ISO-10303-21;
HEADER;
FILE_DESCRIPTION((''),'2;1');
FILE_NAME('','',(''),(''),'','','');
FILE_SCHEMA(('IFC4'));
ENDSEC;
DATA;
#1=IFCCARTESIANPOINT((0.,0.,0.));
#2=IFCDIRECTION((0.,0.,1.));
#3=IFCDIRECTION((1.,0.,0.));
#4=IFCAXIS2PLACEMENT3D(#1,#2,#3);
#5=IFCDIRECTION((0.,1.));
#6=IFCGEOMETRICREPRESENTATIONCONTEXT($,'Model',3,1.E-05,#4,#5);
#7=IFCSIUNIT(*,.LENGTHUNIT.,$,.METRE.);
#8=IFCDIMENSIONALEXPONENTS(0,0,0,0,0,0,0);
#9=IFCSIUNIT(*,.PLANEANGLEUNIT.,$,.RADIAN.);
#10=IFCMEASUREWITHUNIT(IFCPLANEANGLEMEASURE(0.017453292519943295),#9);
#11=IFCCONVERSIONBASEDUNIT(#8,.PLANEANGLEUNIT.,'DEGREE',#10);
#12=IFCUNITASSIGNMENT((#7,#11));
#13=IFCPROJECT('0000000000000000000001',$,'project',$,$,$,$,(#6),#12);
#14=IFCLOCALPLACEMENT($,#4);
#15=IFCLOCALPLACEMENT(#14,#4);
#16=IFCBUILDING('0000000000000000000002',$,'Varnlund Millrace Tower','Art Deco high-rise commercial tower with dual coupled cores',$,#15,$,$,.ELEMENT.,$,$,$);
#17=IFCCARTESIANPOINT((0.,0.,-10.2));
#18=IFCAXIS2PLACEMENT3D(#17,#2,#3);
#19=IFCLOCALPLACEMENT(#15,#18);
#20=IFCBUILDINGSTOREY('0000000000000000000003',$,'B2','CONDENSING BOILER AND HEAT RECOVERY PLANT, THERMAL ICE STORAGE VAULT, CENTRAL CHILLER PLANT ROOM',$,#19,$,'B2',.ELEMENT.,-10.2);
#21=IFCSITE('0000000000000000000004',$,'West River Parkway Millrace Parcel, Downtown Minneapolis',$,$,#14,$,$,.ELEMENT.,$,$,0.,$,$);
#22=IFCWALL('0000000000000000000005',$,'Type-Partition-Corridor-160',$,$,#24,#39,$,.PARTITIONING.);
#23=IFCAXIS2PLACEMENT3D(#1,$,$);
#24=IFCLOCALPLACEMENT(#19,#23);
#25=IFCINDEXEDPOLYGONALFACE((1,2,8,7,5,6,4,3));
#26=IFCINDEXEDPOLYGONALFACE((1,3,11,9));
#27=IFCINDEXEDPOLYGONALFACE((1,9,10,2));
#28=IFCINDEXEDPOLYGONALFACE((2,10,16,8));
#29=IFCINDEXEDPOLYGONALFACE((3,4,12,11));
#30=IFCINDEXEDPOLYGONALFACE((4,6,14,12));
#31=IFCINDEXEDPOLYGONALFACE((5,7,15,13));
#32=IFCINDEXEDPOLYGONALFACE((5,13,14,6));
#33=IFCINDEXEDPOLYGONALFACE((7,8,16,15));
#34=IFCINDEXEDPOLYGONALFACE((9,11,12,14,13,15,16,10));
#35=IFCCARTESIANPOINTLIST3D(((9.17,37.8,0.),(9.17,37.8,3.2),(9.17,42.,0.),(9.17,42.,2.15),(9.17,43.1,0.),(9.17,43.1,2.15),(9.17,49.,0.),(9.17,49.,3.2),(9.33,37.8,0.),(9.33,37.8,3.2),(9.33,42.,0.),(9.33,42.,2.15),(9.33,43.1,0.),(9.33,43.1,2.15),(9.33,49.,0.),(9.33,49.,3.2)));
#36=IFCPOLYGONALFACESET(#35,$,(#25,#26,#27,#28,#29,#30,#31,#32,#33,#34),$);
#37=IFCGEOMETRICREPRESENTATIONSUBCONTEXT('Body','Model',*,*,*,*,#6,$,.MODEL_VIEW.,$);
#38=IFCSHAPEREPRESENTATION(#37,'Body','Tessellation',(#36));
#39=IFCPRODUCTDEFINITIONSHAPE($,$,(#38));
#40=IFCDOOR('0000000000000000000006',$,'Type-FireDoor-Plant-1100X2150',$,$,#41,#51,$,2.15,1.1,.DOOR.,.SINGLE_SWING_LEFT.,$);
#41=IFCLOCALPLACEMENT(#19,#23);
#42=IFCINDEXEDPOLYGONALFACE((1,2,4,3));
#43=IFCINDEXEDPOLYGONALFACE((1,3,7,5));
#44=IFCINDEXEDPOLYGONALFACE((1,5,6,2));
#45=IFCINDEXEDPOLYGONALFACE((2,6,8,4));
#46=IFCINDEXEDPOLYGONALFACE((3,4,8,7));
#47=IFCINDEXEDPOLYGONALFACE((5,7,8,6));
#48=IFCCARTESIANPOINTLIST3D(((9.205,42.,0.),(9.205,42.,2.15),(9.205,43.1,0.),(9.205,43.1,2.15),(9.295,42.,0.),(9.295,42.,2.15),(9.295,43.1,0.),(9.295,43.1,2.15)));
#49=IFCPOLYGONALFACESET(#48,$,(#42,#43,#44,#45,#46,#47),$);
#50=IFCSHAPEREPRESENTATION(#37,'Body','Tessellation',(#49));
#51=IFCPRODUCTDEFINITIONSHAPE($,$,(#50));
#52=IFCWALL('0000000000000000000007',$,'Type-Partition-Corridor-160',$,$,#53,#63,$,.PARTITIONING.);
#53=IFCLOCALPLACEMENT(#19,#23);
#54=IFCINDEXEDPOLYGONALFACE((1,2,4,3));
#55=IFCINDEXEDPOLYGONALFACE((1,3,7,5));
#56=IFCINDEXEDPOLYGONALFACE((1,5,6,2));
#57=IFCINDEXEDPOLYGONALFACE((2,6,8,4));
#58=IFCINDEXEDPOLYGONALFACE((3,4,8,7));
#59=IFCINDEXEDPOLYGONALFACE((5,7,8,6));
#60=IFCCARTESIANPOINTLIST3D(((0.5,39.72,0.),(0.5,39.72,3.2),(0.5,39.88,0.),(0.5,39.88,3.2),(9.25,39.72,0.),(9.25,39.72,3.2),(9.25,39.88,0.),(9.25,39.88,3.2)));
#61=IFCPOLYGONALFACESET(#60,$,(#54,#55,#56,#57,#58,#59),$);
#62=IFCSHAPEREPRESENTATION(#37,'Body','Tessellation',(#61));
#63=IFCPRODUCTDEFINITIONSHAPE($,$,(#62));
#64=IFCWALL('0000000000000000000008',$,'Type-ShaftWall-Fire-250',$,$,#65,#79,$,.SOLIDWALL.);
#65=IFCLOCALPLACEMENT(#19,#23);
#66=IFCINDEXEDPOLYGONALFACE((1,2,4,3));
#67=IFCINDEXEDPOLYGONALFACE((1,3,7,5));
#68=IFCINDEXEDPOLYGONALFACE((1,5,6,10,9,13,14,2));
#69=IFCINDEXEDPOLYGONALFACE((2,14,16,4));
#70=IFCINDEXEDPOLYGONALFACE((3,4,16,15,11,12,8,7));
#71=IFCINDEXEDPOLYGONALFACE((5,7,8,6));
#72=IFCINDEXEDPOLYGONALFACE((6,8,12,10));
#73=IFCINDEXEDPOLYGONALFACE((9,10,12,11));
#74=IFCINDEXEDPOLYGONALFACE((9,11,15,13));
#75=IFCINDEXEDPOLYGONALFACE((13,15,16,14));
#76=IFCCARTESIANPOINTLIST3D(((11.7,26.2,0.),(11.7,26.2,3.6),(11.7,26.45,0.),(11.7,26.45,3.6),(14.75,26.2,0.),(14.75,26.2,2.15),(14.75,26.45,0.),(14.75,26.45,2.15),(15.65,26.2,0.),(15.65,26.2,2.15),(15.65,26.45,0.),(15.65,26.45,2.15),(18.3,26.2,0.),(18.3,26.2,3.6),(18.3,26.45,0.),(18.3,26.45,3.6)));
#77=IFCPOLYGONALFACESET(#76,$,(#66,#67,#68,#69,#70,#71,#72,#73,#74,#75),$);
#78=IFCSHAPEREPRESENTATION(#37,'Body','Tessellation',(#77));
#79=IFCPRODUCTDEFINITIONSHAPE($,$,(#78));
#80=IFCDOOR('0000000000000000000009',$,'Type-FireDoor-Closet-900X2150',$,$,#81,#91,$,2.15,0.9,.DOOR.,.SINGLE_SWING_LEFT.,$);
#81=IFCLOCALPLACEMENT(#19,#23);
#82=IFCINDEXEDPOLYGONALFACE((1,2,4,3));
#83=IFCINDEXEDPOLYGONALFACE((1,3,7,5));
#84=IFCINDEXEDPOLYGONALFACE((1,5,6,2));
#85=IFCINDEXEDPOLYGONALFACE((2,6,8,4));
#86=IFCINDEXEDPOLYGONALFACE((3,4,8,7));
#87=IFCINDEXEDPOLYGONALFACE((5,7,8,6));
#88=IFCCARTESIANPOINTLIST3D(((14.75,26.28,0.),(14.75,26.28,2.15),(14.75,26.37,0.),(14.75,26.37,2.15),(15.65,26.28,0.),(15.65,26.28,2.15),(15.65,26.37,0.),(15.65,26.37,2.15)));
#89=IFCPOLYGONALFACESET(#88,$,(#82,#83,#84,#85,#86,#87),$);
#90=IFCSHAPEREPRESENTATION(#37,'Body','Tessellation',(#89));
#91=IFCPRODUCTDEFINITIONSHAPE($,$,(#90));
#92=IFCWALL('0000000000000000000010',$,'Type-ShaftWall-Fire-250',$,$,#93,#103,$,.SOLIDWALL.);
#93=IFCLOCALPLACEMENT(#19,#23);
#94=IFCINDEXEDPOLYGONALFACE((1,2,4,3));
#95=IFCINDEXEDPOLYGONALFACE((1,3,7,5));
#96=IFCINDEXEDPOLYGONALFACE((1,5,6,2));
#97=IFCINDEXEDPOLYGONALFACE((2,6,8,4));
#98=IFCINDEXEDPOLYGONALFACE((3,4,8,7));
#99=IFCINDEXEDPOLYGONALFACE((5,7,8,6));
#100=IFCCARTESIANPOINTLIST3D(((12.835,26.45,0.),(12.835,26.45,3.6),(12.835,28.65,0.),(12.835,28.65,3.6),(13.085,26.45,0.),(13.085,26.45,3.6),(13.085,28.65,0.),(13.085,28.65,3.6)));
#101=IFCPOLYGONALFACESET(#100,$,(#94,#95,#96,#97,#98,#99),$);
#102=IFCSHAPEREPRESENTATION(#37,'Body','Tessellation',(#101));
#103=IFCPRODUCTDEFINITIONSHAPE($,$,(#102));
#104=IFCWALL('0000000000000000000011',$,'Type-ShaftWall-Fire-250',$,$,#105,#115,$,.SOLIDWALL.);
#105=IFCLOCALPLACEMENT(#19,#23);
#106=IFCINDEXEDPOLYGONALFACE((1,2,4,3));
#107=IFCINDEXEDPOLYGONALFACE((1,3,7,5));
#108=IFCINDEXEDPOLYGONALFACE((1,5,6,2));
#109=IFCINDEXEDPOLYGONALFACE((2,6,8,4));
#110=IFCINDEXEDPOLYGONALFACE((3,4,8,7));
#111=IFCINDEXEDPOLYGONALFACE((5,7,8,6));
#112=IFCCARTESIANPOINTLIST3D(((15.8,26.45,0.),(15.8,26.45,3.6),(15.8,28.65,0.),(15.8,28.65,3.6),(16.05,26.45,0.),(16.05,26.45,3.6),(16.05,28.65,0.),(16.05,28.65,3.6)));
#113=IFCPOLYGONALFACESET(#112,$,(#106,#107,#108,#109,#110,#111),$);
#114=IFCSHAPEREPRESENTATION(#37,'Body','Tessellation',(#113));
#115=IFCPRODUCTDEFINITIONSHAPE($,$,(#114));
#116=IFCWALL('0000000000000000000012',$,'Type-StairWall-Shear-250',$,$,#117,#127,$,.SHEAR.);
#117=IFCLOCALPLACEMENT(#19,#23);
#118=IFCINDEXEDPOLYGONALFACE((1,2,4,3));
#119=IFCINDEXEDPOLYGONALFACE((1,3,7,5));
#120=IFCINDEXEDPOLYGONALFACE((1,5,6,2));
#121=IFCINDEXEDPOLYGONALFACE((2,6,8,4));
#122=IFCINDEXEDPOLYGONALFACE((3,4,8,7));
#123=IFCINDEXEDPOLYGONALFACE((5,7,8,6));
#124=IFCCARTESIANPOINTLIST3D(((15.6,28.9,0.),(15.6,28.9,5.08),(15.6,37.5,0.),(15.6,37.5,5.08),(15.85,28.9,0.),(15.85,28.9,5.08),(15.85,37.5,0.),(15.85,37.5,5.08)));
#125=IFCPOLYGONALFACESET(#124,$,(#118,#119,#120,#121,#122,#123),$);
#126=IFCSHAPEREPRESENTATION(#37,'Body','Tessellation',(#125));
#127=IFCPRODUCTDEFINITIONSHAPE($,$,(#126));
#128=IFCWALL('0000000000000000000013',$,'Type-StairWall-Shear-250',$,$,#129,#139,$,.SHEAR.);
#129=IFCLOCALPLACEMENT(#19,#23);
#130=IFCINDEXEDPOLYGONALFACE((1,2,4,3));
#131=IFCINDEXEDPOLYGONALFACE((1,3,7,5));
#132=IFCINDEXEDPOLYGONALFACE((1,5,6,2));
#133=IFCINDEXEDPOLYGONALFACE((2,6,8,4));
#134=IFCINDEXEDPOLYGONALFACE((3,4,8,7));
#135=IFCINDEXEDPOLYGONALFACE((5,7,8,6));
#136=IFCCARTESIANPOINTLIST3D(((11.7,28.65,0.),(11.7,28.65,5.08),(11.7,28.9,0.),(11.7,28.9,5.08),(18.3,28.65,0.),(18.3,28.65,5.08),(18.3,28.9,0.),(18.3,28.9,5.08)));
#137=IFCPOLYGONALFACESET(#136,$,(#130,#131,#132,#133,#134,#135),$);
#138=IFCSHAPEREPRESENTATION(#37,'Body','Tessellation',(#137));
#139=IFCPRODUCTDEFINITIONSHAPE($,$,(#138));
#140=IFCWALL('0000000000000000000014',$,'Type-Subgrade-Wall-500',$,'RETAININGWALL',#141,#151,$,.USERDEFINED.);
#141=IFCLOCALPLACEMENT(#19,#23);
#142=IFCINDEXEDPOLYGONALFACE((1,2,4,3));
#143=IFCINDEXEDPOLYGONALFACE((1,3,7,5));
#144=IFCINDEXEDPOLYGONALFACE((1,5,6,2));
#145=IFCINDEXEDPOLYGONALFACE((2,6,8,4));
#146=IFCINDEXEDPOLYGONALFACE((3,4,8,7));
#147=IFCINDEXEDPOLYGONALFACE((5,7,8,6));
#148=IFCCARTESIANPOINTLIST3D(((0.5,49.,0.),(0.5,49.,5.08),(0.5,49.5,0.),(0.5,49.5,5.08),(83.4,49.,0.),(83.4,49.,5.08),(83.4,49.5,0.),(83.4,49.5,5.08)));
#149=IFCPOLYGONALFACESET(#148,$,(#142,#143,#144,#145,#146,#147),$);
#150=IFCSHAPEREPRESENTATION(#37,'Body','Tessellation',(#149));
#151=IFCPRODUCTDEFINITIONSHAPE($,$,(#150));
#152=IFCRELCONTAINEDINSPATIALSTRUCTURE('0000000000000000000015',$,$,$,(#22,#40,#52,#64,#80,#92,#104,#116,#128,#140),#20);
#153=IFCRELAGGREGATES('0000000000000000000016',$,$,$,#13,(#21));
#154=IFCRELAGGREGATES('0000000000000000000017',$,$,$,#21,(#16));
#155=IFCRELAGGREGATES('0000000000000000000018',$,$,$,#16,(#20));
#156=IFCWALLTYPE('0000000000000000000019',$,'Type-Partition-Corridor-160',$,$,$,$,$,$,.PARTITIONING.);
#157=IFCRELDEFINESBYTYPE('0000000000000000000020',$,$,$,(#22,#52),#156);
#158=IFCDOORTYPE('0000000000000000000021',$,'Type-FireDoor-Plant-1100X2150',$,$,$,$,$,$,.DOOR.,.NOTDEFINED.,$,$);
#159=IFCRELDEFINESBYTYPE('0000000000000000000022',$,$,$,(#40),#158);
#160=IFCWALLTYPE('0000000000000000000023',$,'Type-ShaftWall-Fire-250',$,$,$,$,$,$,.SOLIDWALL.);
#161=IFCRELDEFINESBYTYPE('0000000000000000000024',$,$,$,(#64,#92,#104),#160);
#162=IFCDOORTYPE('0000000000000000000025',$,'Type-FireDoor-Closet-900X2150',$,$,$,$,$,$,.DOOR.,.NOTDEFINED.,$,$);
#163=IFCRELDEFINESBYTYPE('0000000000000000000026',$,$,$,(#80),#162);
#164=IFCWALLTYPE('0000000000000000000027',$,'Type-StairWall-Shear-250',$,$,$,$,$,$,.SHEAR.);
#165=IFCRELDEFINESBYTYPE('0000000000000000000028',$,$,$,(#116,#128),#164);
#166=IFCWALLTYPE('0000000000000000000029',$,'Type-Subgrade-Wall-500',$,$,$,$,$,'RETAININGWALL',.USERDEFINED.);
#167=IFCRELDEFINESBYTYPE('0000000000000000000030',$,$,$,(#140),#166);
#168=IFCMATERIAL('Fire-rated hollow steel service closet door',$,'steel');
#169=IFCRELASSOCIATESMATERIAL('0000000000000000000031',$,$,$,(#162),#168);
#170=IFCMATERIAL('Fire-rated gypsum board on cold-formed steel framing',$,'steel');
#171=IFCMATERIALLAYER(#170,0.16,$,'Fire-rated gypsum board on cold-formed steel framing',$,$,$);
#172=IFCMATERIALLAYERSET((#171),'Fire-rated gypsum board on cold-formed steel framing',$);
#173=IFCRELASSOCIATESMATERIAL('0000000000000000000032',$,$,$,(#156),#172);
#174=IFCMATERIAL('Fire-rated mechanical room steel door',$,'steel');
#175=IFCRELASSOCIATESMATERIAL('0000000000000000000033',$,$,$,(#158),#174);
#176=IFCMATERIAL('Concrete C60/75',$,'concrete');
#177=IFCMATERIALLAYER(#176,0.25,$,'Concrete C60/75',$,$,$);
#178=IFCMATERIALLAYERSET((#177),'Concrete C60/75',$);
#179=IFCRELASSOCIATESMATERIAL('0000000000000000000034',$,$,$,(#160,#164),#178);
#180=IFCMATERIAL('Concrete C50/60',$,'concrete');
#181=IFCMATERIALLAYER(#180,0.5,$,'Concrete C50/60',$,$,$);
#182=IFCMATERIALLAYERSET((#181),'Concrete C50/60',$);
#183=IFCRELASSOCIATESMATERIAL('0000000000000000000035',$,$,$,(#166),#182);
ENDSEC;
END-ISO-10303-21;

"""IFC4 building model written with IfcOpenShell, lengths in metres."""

from ifc_helpers import new_model, entity, si_unit, converted_unit, direction, frame, origin_with_axes, origin_2d_with_axis, place, context, subcontext, project, spatial, polyline, rectangle, outline, extrude, material, layer, layer_set, type_object, element, fill, save


model = new_model("IFC4")

# Units and contexts
model_context = context("Model", 3, precision=1e-05, world=origin_with_axes(), true_north=direction((0.0, 1.0)))
body_context = subcontext(model_context, "Body", "Model", "MODEL_VIEW")
ifc_project = project(units=[si_unit("LENGTHUNIT", "METRE"), converted_unit("PLANEANGLEUNIT", "DEGREE", entity("IfcPlaneAngleMeasure", 0.017453292519943295), si_unit("PLANEANGLEUNIT", "RADIAN"), dimensions=[0, 0, 0, 0, 0, 0, 0])], contexts=[model_context])

# Site, building, storey
site_placement = place(None, origin_with_axes())
site = spatial("IfcSite", under=ifc_project, at=site_placement, Name="West River Parkway Millrace Parcel, Downtown Minneapolis", CompositionType="ELEMENT", RefElevation=0.0)
building_placement = place(site_placement, origin_with_axes())
building = spatial("IfcBuilding", under=site, at=building_placement, Name="Varnlund Millrace Tower", Description="Art Deco high-rise commercial tower with dual coupled cores", CompositionType="ELEMENT")
storey_placement = place(building_placement, frame((0.0, 0.0, -10.2), z_axis=(0.0, 0.0, 1.0), x_axis=(1.0, 0.0, 0.0)))
storey = spatial("IfcBuildingStorey", under=building, at=storey_placement, Name="B2", Description="CONDENSING BOILER AND HEAT RECOVERY PLANT, THERMAL ICE STORAGE VAULT, CENTRAL CHILLER PLANT ROOM", LongName="B2", CompositionType="ELEMENT", Elevation=-10.2)

# Shared definitions
ifc_material_1 = material(Name="Fire-rated hollow steel service closet door", Category="steel")
door_type_1 = type_object("IfcDoorType", Name="Type-FireDoor-Closet-900X2150", OperationType="NOTDEFINED", PredefinedType="DOOR", material=ifc_material_1)

# Wall, opening, door
ifc_material_2 = material(Name="Fire-rated gypsum board on cold-formed steel framing", Category="steel")
ifc_layer_1 = layer(ifc_material_2, 0.16, Name="Fire-rated gypsum board on cold-formed steel framing")
ifc_layer_set_1 = layer_set([ifc_layer_1], Name="Fire-rated gypsum board on cold-formed steel framing")
wall_type_1 = type_object("IfcWallType", Name="Type-Partition-Corridor-160", PredefinedType="PARTITIONING", material=ifc_layer_set_1)
wall_1_placement = place(storey_placement, frame((9.25, 37.8, 0.0), z_axis=(0.0, 0.0, 1.0), x_axis=(0.0, 1.0, 0.0)))
wall_1 = element("IfcWall", 1, at=wall_1_placement, inside=storey, type_object=wall_type_1, Name="Type-Partition-Corridor-160", PredefinedType="PARTITIONING", context=body_context, shape_type="SweptSolid", body=[
    extrude(outline(polyline([(0.0, -0.08), (11.2, -0.08), (11.2, 0.08), (0.0, 0.08), (0.0, -0.08)])), origin_with_axes(), (0.0, 0.0, 1.0), 3.2),
])
opening_1_placement = place(wall_1_placement, frame((4.75, 0.0, 0.0), z_axis=(0.0, 0.0, 1.0), x_axis=(1.0, 0.0, 0.0)))
opening_1 = element("IfcOpeningElement", 2, at=opening_1_placement, cuts=wall_1, PredefinedType="OPENING", context=body_context, shape_type="SweptSolid", body=[
    extrude(rectangle(XDim=1.1, YDim=0.18, at=origin_2d_with_axis()), origin_with_axes(), (0.0, 0.0, 1.0), 2.15),
])
ifc_material_3 = material(Name="Fire-rated mechanical room steel door", Category="steel")
door_type_2 = type_object("IfcDoorType", Name="Type-FireDoor-Plant-1100X2150", OperationType="NOTDEFINED", PredefinedType="DOOR", material=ifc_material_3)
door_1_placement = place(wall_1_placement, frame((4.75, 0.0, 0.0), z_axis=(0.0, 0.0, 1.0), x_axis=(1.0, 0.0, 0.0)))
door_1 = element("IfcDoor", 3, at=door_1_placement, inside=storey, type_object=door_type_2, Name="Type-FireDoor-Plant-1100X2150", OperationType="SINGLE_SWING_LEFT", OverallHeight=2.15, OverallWidth=1.1, PredefinedType="DOOR", context=body_context, shape_type="SweptSolid", body=[
    extrude(rectangle(XDim=1.1, YDim=0.09, at=origin_2d_with_axis()), origin_with_axes(), (0.0, 0.0, 1.0), 2.15),
])
fill(opening_1, door_1)

# Wall
wall_2_placement = place(storey_placement, frame((0.5, 39.8, 0.0), z_axis=(0.0, 0.0, 1.0), x_axis=(1.0, 0.0, 0.0)))
element("IfcWall", 4, at=wall_2_placement, inside=storey, type_object=wall_type_1, Name="Type-Partition-Corridor-160", PredefinedType="PARTITIONING", context=body_context, shape_type="SweptSolid", body=[
    extrude(outline(polyline([(0.0, -0.08), (8.75, -0.08), (8.75, 0.08), (0.0, 0.08), (0.0, -0.08)])), origin_with_axes(), (0.0, 0.0, 1.0), 3.2),
])

# Wall, opening, door
ifc_material_4 = material(Name="Concrete C60/75", Category="concrete")
ifc_layer_2 = layer(ifc_material_4, 0.25, Name="Concrete C60/75")
ifc_layer_set_2 = layer_set([ifc_layer_2], Name="Concrete C60/75")
wall_type_2 = type_object("IfcWallType", Name="Type-ShaftWall-Fire-250", PredefinedType="SOLIDWALL", material=ifc_layer_set_2)
wall_3_placement = place(storey_placement, frame((11.7, 26.325, 0.0), z_axis=(0.0, 0.0, 1.0), x_axis=(1.0, 0.0, 0.0)))
wall_3 = element("IfcWall", 5, at=wall_3_placement, inside=storey, type_object=wall_type_2, Name="Type-ShaftWall-Fire-250", PredefinedType="SOLIDWALL", context=body_context, shape_type="SweptSolid", body=[
    extrude(outline(polyline([(0.0, -0.125), (6.6, -0.125), (6.6, 0.125), (0.0, 0.125), (0.0, -0.125)])), origin_with_axes(), (0.0, 0.0, 1.0), 3.6),
])
opening_2_placement = place(wall_3_placement, frame((3.5, 0.0, 0.0), z_axis=(0.0, 0.0, 1.0), x_axis=(1.0, 0.0, 0.0)))
opening_2 = element("IfcOpeningElement", 6, at=opening_2_placement, cuts=wall_3, PredefinedType="OPENING", context=body_context, shape_type="SweptSolid", body=[
    extrude(rectangle(XDim=0.9, YDim=0.27, at=origin_2d_with_axis()), origin_with_axes(), (0.0, 0.0, 1.0), 2.15),
])
door_2_placement = place(wall_3_placement, frame((3.5, 0.0, 0.0), z_axis=(0.0, 0.0, 1.0), x_axis=(1.0, 0.0, 0.0)))
door_2 = element("IfcDoor", 7, at=door_2_placement, inside=storey, type_object=door_type_1, Name="Type-FireDoor-Closet-900X2150", OperationType="SINGLE_SWING_LEFT", OverallHeight=2.15, OverallWidth=0.9, PredefinedType="DOOR", context=body_context, shape_type="SweptSolid", body=[
    extrude(rectangle(XDim=0.9, YDim=0.09, at=origin_2d_with_axis()), origin_with_axes(), (0.0, 0.0, 1.0), 2.15),
])
fill(opening_2, door_2)

# Walls
for number, where, z_axis, x_axis, name in (
    (8, (12.96, 26.45, 0.0), (0.0, 0.0, 1.0), (0.0, 1.0, 0.0), "Type-ShaftWall-Fire-250"),
    (9, (15.925, 26.45, 0.0), (0.0, 0.0, 1.0), (0.0, 1.0, 0.0), "Type-ShaftWall-Fire-250"),
):
    element("IfcWall", number, at=place(storey_placement, frame(where, z_axis=z_axis, x_axis=x_axis)), inside=storey, type_object=wall_type_2, Name=name, PredefinedType="SOLIDWALL", context=body_context, shape_type="SweptSolid", body=[
        extrude(outline(polyline([(0.0, -0.125), (2.2, -0.125), (2.2, 0.125), (0.0, 0.125), (0.0, -0.125)])), origin_with_axes(), (0.0, 0.0, 1.0), 3.6),
    ])
wall_type_3 = type_object("IfcWallType", Name="Type-StairWall-Shear-250", PredefinedType="SHEAR", material=ifc_layer_set_2)
wall_4_placement = place(storey_placement, frame((15.725, 28.9, 0.0), z_axis=(0.0, 0.0, 1.0), x_axis=(0.0, 1.0, 0.0)))
element("IfcWall", 10, at=wall_4_placement, inside=storey, type_object=wall_type_3, Name="Type-StairWall-Shear-250", PredefinedType="SHEAR", context=body_context, shape_type="SweptSolid", body=[
    extrude(outline(polyline([(0.0, -0.125), (8.6, -0.125), (8.6, 0.125), (0.0, 0.125), (0.0, -0.125)])), origin_with_axes(), (0.0, 0.0, 1.0), 5.08),
])
wall_5_placement = place(storey_placement, frame((11.7, 28.775, 0.0), z_axis=(0.0, 0.0, 1.0), x_axis=(1.0, 0.0, 0.0)))
element("IfcWall", 11, at=wall_5_placement, inside=storey, type_object=wall_type_3, Name="Type-StairWall-Shear-250", PredefinedType="SHEAR", context=body_context, shape_type="SweptSolid", body=[
    extrude(outline(polyline([(0.0, -0.125), (6.6, -0.125), (6.6, 0.125), (0.0, 0.125), (0.0, -0.125)])), origin_with_axes(), (0.0, 0.0, 1.0), 5.08),
])
ifc_material_5 = material(Name="Concrete C50/60", Category="concrete")
ifc_layer_3 = layer(ifc_material_5, 0.5, Name="Concrete C50/60")
ifc_layer_set_3 = layer_set([ifc_layer_3], Name="Concrete C50/60")
wall_type_4 = type_object("IfcWallType", Name="Type-Subgrade-Wall-500", ElementType="RETAININGWALL", PredefinedType="USERDEFINED", material=ifc_layer_set_3)
wall_6_placement = place(storey_placement, frame((0.5, 49.25, 0.0), z_axis=(0.0, 0.0, 1.0), x_axis=(1.0, 0.0, 0.0)))
element("IfcWall", 12, at=wall_6_placement, inside=storey, type_object=wall_type_4, Name="Type-Subgrade-Wall-500", ObjectType="RETAININGWALL", PredefinedType="USERDEFINED", context=body_context, shape_type="SweptSolid", body=[
    extrude(outline(polyline([(0.0, -0.25), (82.9, -0.25), (82.9, 0.25), (0.0, 0.25), (0.0, -0.25)])), origin_with_axes(), (0.0, 0.0, 1.0), 5.08),
])

save(model, "model.ifc")
